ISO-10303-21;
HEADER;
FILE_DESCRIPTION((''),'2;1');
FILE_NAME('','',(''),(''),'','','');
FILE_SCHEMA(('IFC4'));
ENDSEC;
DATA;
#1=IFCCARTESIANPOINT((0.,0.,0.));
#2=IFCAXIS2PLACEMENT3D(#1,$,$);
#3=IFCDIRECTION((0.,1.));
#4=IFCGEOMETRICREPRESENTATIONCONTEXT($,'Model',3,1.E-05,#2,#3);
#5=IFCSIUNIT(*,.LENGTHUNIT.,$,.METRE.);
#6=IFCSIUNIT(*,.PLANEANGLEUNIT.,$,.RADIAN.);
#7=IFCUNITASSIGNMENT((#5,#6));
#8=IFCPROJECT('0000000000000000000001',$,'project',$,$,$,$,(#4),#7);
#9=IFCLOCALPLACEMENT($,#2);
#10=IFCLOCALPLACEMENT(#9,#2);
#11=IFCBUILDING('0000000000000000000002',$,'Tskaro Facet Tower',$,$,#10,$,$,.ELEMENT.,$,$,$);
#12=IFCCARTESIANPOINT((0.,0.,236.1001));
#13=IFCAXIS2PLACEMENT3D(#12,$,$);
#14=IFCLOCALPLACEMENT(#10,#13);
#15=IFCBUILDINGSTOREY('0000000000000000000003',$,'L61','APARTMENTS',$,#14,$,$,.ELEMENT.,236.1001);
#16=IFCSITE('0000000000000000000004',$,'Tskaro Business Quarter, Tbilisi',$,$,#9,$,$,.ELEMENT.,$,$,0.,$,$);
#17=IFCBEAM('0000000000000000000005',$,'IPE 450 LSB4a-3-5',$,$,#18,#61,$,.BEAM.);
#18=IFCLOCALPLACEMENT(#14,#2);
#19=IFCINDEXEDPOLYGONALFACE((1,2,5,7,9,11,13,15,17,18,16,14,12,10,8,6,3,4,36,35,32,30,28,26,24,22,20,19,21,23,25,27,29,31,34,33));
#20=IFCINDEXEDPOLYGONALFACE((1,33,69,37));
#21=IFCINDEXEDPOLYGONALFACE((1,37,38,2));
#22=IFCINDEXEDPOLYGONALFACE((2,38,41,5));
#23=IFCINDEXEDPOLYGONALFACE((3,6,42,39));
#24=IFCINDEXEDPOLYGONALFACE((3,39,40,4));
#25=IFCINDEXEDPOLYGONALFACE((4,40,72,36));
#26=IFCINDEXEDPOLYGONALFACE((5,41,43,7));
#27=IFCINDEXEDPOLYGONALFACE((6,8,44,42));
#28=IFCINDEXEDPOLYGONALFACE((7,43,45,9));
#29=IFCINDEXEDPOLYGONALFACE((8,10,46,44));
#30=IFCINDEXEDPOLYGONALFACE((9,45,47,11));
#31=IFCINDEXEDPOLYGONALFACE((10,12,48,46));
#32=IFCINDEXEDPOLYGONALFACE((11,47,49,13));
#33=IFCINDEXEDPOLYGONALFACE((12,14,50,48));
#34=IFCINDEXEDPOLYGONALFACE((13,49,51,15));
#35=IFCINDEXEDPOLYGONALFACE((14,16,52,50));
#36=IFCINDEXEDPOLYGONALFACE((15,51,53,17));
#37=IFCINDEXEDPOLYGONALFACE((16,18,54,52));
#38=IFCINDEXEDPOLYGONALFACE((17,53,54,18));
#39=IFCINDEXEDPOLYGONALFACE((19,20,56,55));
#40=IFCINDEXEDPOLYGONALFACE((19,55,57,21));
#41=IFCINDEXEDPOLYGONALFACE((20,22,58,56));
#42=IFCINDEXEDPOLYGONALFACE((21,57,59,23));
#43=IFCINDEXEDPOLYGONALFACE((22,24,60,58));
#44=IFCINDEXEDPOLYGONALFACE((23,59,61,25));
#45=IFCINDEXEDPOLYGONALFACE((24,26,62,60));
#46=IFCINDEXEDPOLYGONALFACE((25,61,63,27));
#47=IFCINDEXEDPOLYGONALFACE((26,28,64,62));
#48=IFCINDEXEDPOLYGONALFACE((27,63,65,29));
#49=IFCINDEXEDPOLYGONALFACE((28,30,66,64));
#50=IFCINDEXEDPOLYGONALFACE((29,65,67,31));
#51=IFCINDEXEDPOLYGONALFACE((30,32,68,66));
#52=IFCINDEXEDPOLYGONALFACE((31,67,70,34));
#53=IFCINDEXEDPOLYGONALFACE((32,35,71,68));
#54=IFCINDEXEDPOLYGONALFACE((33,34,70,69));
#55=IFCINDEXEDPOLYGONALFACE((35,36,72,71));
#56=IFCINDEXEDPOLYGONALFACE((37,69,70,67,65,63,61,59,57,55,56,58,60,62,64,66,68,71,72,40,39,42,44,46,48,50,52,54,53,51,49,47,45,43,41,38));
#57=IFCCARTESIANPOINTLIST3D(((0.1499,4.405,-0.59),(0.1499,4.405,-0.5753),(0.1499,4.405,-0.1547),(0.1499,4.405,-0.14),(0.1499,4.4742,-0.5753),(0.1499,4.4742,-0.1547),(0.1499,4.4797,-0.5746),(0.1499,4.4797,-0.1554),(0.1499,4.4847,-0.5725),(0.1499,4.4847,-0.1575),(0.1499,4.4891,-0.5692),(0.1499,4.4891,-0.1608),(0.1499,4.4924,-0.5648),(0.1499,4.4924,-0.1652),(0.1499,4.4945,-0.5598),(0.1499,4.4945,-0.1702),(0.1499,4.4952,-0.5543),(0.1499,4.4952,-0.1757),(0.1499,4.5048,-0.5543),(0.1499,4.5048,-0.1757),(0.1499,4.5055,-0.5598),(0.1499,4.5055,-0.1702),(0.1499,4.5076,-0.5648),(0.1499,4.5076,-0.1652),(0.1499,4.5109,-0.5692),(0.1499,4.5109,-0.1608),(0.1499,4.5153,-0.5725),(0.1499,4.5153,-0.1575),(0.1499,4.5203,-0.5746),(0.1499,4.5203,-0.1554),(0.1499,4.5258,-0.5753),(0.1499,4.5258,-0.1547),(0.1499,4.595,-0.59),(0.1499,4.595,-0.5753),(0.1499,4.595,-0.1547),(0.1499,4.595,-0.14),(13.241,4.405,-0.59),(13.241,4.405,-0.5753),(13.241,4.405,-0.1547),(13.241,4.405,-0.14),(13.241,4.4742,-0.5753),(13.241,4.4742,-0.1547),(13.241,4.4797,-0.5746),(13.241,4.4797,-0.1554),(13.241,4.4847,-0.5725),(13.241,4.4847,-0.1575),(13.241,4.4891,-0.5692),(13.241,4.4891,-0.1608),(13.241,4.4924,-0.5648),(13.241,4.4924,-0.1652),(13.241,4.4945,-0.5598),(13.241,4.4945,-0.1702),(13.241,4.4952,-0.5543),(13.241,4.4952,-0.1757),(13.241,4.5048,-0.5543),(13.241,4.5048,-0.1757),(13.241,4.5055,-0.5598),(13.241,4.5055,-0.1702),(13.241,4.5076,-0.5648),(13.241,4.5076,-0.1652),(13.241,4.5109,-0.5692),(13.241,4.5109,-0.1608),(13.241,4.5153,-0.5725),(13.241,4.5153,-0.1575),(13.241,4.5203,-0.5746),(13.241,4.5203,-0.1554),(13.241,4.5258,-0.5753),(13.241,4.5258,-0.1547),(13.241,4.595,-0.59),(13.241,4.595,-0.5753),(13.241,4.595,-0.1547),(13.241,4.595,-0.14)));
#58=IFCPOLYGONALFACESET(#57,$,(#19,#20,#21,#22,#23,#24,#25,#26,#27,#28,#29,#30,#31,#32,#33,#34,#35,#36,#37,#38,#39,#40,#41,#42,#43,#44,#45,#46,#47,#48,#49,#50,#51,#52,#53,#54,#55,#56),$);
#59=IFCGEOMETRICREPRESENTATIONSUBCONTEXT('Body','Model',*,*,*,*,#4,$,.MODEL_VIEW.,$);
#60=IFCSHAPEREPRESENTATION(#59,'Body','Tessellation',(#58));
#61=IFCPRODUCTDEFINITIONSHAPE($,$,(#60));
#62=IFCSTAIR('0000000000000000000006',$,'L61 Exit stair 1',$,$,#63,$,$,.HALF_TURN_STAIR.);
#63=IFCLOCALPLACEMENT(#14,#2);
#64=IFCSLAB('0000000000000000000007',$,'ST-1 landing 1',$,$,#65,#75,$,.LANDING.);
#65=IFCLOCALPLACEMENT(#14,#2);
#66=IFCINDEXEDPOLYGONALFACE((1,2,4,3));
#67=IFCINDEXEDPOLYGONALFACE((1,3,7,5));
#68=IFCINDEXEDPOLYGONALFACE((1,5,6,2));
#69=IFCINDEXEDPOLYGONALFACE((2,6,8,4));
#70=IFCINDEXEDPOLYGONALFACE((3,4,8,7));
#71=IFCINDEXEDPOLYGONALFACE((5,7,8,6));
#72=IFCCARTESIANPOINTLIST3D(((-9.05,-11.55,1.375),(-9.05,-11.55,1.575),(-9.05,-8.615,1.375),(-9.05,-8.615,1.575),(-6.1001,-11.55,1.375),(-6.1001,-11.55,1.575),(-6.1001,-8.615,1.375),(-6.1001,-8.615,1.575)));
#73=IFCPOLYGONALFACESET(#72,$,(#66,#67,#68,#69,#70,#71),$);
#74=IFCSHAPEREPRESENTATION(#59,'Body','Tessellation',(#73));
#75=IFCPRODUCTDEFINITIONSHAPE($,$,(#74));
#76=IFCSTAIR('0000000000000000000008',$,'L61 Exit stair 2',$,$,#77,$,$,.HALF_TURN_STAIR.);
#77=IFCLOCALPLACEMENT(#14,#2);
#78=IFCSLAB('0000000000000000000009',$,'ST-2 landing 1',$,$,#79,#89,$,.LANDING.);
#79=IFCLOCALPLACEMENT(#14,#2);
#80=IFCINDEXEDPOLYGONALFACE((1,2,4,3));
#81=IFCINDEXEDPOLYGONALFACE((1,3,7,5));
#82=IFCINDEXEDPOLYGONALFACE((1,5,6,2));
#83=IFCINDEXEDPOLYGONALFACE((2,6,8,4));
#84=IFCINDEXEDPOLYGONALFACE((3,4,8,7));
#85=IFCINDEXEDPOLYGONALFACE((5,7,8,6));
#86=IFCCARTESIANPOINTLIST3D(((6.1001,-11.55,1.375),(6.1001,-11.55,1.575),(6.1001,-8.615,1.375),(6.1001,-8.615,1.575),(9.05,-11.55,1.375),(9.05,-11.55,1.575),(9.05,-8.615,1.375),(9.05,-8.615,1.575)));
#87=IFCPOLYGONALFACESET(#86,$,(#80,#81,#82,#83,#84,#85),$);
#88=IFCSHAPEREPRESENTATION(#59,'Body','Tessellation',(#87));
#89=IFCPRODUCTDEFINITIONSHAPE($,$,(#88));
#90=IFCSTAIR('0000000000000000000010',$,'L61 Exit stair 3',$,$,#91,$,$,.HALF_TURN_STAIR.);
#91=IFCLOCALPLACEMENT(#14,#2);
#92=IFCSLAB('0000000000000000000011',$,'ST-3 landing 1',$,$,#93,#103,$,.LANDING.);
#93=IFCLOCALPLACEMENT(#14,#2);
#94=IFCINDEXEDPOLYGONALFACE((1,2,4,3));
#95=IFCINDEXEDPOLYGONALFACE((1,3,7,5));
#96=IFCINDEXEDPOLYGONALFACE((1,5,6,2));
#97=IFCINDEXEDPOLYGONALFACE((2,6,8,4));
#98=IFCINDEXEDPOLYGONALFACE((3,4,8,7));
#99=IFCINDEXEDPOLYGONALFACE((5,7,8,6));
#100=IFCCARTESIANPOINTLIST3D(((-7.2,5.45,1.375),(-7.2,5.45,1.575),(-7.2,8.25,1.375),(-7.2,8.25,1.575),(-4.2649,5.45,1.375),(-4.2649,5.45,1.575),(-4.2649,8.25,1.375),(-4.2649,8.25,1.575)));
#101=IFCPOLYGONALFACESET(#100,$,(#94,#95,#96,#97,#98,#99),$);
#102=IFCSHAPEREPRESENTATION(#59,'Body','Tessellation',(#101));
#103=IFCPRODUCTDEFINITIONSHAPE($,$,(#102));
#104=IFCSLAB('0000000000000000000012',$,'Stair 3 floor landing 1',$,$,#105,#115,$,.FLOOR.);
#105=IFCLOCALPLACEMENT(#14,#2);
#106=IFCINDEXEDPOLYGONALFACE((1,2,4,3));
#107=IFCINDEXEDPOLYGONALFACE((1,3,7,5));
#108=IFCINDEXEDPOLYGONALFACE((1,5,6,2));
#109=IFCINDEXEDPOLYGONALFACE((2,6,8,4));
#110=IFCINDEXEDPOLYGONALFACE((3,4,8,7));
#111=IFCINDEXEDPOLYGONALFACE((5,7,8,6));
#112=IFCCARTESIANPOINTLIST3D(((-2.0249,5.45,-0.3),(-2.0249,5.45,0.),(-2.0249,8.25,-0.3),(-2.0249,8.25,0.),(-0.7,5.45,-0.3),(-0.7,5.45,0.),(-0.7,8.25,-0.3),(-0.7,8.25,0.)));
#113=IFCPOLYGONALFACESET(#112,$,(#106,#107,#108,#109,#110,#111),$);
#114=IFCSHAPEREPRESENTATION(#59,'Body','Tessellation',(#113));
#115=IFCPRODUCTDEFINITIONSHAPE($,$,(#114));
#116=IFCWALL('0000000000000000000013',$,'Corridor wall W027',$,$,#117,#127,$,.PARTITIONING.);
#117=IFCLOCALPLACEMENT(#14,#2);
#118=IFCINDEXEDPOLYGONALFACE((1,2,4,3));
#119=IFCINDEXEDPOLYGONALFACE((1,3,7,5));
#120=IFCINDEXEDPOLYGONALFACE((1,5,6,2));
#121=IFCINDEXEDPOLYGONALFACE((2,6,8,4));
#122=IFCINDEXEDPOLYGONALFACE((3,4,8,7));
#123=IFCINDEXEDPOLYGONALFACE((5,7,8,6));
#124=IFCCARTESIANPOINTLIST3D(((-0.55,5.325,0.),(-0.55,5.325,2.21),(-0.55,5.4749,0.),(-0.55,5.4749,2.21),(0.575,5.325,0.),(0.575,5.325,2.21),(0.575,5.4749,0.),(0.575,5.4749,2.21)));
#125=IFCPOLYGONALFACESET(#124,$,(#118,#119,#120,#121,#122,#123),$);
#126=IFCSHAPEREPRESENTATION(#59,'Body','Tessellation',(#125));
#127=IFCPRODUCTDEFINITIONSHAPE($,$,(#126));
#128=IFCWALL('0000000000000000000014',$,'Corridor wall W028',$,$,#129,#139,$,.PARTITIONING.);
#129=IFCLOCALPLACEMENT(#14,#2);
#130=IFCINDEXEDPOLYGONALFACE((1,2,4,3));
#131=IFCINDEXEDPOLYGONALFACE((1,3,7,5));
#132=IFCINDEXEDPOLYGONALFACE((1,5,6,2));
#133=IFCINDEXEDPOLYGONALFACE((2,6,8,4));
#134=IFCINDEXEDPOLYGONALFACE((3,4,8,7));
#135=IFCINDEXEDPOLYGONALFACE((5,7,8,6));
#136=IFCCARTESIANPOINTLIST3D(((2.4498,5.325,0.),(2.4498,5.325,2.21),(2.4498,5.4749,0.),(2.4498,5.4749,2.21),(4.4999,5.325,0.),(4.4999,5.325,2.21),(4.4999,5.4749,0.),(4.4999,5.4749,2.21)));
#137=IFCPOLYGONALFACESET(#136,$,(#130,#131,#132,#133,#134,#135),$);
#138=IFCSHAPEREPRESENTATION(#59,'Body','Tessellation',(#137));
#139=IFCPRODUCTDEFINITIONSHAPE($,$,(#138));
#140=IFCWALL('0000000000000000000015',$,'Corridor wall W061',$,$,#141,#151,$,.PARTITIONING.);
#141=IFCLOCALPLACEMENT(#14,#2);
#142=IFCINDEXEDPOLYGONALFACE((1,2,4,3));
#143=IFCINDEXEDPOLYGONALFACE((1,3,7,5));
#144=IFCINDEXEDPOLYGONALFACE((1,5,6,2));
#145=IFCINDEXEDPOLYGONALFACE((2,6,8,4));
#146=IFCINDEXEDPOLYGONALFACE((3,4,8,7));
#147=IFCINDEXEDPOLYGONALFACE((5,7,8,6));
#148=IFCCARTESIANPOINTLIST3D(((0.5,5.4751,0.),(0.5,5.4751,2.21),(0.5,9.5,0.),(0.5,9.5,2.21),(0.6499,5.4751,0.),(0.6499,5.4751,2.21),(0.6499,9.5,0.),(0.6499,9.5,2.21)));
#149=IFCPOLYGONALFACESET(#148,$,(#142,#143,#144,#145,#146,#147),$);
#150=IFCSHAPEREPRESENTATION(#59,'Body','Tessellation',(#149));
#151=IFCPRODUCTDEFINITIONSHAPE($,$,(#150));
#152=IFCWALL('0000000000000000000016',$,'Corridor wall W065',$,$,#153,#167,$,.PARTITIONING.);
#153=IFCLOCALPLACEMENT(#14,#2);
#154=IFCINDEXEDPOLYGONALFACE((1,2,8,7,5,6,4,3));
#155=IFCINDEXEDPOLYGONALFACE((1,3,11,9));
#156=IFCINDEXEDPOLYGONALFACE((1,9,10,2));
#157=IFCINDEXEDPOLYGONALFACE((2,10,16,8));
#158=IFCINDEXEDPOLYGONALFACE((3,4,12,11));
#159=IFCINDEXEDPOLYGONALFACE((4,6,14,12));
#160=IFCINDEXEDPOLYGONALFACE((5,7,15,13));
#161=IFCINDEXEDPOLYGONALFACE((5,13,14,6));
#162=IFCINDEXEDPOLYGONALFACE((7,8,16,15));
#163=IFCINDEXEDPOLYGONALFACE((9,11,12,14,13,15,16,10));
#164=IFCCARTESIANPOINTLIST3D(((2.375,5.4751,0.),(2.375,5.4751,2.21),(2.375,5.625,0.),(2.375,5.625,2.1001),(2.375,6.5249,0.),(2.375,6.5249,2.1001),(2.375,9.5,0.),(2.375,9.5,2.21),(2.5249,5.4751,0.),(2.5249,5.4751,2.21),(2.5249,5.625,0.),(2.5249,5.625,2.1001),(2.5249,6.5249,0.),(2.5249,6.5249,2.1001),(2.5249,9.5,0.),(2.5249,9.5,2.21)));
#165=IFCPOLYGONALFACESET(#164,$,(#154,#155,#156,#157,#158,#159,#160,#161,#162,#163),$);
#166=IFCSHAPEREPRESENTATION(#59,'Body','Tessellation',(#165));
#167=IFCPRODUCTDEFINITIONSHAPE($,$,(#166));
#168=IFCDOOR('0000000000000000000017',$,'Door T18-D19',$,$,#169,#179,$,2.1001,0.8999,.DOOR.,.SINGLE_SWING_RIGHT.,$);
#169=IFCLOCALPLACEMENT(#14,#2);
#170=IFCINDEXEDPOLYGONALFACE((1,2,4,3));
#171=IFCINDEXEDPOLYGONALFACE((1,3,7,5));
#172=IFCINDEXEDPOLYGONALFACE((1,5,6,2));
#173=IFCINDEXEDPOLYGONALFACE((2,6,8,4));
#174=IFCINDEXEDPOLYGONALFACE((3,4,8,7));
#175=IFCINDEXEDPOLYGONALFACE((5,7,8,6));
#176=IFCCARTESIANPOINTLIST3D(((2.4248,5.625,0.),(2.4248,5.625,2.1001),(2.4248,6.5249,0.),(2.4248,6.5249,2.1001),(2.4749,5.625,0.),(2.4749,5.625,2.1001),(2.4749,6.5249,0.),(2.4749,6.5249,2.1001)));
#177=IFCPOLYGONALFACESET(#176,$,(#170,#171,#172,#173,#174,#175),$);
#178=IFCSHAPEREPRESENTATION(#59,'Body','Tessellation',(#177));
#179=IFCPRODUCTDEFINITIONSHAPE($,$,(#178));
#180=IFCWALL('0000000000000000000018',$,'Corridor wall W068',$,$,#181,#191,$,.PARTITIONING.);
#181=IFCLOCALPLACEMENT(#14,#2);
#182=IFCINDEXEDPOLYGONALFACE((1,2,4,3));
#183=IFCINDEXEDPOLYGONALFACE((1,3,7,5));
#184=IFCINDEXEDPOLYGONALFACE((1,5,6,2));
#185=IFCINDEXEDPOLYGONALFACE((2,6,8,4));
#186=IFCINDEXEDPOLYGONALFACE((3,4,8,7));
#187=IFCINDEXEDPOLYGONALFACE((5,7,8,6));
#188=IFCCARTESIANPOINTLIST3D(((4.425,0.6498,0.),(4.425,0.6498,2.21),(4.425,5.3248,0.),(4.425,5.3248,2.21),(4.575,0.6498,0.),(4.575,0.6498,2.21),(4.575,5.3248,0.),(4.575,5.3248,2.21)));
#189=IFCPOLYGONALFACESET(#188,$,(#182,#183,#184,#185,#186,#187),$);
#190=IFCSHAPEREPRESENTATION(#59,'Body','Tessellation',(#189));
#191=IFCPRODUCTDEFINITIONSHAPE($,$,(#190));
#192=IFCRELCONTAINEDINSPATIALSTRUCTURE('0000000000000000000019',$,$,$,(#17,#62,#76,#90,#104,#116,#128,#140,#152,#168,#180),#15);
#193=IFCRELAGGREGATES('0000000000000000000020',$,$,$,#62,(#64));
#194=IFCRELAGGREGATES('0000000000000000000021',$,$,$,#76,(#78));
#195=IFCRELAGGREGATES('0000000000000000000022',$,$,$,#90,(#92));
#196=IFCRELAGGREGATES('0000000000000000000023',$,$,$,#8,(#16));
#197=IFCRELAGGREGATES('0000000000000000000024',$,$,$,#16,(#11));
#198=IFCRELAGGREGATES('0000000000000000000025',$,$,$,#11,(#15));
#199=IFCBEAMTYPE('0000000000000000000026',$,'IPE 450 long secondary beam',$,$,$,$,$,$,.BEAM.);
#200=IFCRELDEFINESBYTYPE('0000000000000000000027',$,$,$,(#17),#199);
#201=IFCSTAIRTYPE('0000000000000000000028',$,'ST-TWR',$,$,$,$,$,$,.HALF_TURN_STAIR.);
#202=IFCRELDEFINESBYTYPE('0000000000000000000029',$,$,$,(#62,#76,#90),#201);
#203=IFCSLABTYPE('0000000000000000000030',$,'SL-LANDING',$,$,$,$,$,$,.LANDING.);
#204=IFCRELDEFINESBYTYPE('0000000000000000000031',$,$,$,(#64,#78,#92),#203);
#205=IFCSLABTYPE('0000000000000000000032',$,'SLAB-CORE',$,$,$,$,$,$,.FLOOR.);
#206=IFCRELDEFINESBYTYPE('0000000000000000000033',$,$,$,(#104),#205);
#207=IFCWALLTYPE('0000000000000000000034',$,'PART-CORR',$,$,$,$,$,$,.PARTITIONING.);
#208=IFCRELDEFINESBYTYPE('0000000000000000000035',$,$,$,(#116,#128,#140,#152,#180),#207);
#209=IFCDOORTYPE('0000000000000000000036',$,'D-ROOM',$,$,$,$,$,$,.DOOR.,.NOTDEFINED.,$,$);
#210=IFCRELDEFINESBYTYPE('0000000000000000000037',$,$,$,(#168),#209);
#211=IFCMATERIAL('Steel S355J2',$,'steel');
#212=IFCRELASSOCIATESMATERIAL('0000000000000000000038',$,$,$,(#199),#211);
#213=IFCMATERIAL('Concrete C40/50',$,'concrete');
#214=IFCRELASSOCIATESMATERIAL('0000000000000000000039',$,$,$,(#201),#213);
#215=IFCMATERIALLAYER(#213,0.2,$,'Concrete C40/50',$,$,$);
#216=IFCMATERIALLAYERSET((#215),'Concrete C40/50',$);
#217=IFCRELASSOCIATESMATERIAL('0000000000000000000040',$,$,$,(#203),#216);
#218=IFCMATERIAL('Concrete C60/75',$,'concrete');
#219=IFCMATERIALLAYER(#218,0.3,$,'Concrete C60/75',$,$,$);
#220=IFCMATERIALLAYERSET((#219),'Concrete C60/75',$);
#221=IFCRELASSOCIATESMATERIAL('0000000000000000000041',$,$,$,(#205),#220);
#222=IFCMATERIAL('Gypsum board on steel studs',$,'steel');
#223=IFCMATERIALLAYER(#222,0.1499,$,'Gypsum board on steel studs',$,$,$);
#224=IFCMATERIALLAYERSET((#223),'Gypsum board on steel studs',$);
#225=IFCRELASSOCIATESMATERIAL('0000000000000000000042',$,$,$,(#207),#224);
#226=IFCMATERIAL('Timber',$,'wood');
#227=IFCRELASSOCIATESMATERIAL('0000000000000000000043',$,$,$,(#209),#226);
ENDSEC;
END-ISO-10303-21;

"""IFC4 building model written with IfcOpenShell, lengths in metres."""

from ifc_helpers import new_model, si_unit, direction, frame, frame_2d, origin, origin_2d, place, context, subcontext, project, spatial, polyline, rectangle, i_section, outline, extrude, material, layer, layer_set, material_profile, profile_set, type_object, element, fill, aggregate, save


model = new_model("IFC4")

# Units and contexts
model_context = context("Model", 3, precision=1e-05, world=origin(), true_north=direction((0.0, 1.0)))
body_context = subcontext(model_context, "Body", "Model", "MODEL_VIEW")
ifc_project = project(units=[si_unit("LENGTHUNIT", "METRE"), si_unit("PLANEANGLEUNIT", "RADIAN")], contexts=[model_context])

# Site, building, storey
site_placement = place(None, origin())
site = spatial("IfcSite", under=ifc_project, at=site_placement, Name="Tskaro Business Quarter, Tbilisi", CompositionType="ELEMENT", RefElevation=0.0)
building_placement = place(site_placement, origin())
building = spatial("IfcBuilding", under=site, at=building_placement, Name="Tskaro Facet Tower", CompositionType="ELEMENT")
storey_placement = place(building_placement, frame((0.0, 0.0, 236.1001)))
storey = spatial("IfcBuildingStorey", under=building, at=storey_placement, Name="L61", Description="APARTMENTS", CompositionType="ELEMENT", Elevation=236.1001)

# Beam
ifc_material_1 = material(Name="Steel S355J2", Category="steel")
ifc_material_profile_1 = material_profile(ifc_material_1, i_section(OverallWidth=0.1899, OverallDepth=0.45, WebThickness=0.0095, FlangeThickness=0.0146, FilletRadius=0.021, at=origin_2d()), Name="IPE 450")
ifc_profile_set_1 = profile_set([ifc_material_profile_1], Name="Steel S355J2")
beam_type_1 = type_object("IfcBeamType", Name="IPE 450 long secondary beam", PredefinedType="BEAM", material=ifc_profile_set_1)
beam_1_placement = place(storey_placement, frame((0.1499, 4.5, -0.365), z_axis=(1.0, 0.0, 0.0), x_axis=(0.0, 1.0, 0.0)))
element("IfcBeam", 1, at=beam_1_placement, inside=storey, type_object=beam_type_1, Name="IPE 450 LSB4a-3-5", PredefinedType="BEAM", context=body_context, shape_type="SweptSolid", body=[
    extrude(i_section(OverallWidth=0.1899, OverallDepth=0.45, WebThickness=0.0095, FlangeThickness=0.0146, FilletRadius=0.021, at=origin_2d()), origin(), (0.0, 0.0, 1.0), 13.0911),
])

# Stairs, slabs
ifc_material_2 = material(Name="Concrete C40/50", Category="concrete")
stair_type = type_object("IfcStairType", Name="ST-TWR", PredefinedType="HALF_TURN_STAIR", material=ifc_material_2)
stair_1_placement = place(storey_placement, origin())
stair_1 = element("IfcStair", 2, at=stair_1_placement, inside=storey, type_object=stair_type, Name="L61 Exit stair 1", PredefinedType="HALF_TURN_STAIR")
ifc_layer_1 = layer(ifc_material_2, 0.2, Name="Concrete C40/50")
ifc_layer_set_1 = layer_set([ifc_layer_1], Name="Concrete C40/50")
slab_type_1 = type_object("IfcSlabType", Name="SL-LANDING", PredefinedType="LANDING", material=ifc_layer_set_1)
slab_1_placement = place(storey_placement, frame((0.0, 0.0, 1.375)))
slab_1 = element("IfcSlab", 3, at=slab_1_placement, type_object=slab_type_1, Name="ST-1 landing 1", PredefinedType="LANDING", context=body_context, shape_type="SweptSolid", body=[
    extrude(outline(polyline([(-9.05, -11.55), (-6.1001, -11.55), (-6.1001, -8.615), (-9.05, -8.615), (-9.05, -11.55)])), origin(), (0.0, 0.0, 1.0), 0.2),
])
aggregate(stair_1, [slab_1])
stair_2_placement = place(storey_placement, origin())
stair_2 = element("IfcStair", 4, at=stair_2_placement, inside=storey, type_object=stair_type, Name="L61 Exit stair 2", PredefinedType="HALF_TURN_STAIR")
slab_2_placement = place(storey_placement, frame((0.0, 0.0, 1.375)))
slab_2 = element("IfcSlab", 5, at=slab_2_placement, type_object=slab_type_1, Name="ST-2 landing 1", PredefinedType="LANDING", context=body_context, shape_type="SweptSolid", body=[
    extrude(outline(polyline([(6.1001, -11.55), (9.05, -11.55), (9.05, -8.615), (6.1001, -8.615), (6.1001, -11.55)])), origin(), (0.0, 0.0, 1.0), 0.2),
])
aggregate(stair_2, [slab_2])
stair_3_placement = place(storey_placement, origin())
stair_3 = element("IfcStair", 6, at=stair_3_placement, inside=storey, type_object=stair_type, Name="L61 Exit stair 3", PredefinedType="HALF_TURN_STAIR")
slab_3_placement = place(storey_placement, frame((0.0, 0.0, 1.375)))
slab_3 = element("IfcSlab", 7, at=slab_3_placement, type_object=slab_type_1, Name="ST-3 landing 1", PredefinedType="LANDING", context=body_context, shape_type="SweptSolid", body=[
    extrude(outline(polyline([(-7.2, 5.45), (-4.2649, 5.45), (-4.2649, 8.25), (-7.2, 8.25), (-7.2, 5.45)])), origin(), (0.0, 0.0, 1.0), 0.2),
])

# Slab
ifc_material_3 = material(Name="Concrete C60/75", Category="concrete")
ifc_layer_2 = layer(ifc_material_3, 0.3, Name="Concrete C60/75")
ifc_layer_set_2 = layer_set([ifc_layer_2], Name="Concrete C60/75")
slab_type_2 = type_object("IfcSlabType", Name="SLAB-CORE", PredefinedType="FLOOR", material=ifc_layer_set_2)
slab_4_placement = place(storey_placement, frame((0.0, 0.0, -0.3)))
element("IfcSlab", 8, at=slab_4_placement, inside=storey, type_object=slab_type_2, Name="Stair 3 floor landing 1", PredefinedType="FLOOR", context=body_context, shape_type="SweptSolid", body=[
    extrude(outline(polyline([(-2.0249, 5.45), (-0.7, 5.45), (-0.7, 8.25), (-2.0249, 8.25), (-2.0249, 5.45)])), origin(), (0.0, 0.0, 1.0), 0.3),
])

# Walls
ifc_material_4 = material(Name="Gypsum board on steel studs", Category="steel")
ifc_layer_3 = layer(ifc_material_4, 0.1499, Name="Gypsum board on steel studs")
ifc_layer_set_3 = layer_set([ifc_layer_3], Name="Gypsum board on steel studs")
wall_type_1 = type_object("IfcWallType", Name="PART-CORR", PredefinedType="PARTITIONING", material=ifc_layer_set_3)
wall_1_placement = place(storey_placement, frame((-0.55, 5.3999, 0.0), z_axis=(0.0, 0.0, 1.0), x_axis=(1.0, 0.0, 0.0)))
element("IfcWall", 9, at=wall_1_placement, inside=storey, type_object=wall_type_1, Name="Corridor wall W027", PredefinedType="PARTITIONING", context=body_context, shape_type="SweptSolid", body=[
    extrude(rectangle(XDim=1.125, YDim=0.1499, at=frame_2d((0.5625, 0.0))), origin(), (0.0, 0.0, 1.0), 2.21),
])
wall_2_placement = place(storey_placement, frame((2.45, 5.3999, 0.0), z_axis=(0.0, 0.0, 1.0), x_axis=(1.0, 0.0, 0.0)))
element("IfcWall", 10, at=wall_2_placement, inside=storey, type_object=wall_type_1, Name="Corridor wall W028", PredefinedType="PARTITIONING", context=body_context, shape_type="SweptSolid", body=[
    extrude(rectangle(XDim=2.05, YDim=0.1499, at=frame_2d((1.0249, 0.0))), origin(), (0.0, 0.0, 1.0), 2.21),
])
wall_3_placement = place(storey_placement, frame((0.575, 5.4751, 0.0), z_axis=(0.0, 0.0, 1.0), x_axis=(0.0, 1.0, 0.0)))
element("IfcWall", 11, at=wall_3_placement, inside=storey, type_object=wall_type_1, Name="Corridor wall W061", PredefinedType="PARTITIONING", context=body_context, shape_type="SweptSolid", body=[
    extrude(rectangle(XDim=4.0249, YDim=0.1499, at=frame_2d((2.0125, 0.0))), origin(), (0.0, 0.0, 1.0), 2.21),
])

# Wall, opening, door
wall_4_placement = place(storey_placement, frame((2.45, 9.5, 0.0), z_axis=(0.0, 0.0, 1.0), x_axis=(0.0, -1.0, 0.0)))
wall_4 = element("IfcWall", 12, at=wall_4_placement, inside=storey, type_object=wall_type_1, Name="Corridor wall W065", PredefinedType="PARTITIONING", context=body_context, shape_type="SweptSolid", body=[
    extrude(rectangle(XDim=4.0249, YDim=0.1499, at=frame_2d((2.0125, 0.0))), origin(), (0.0, 0.0, 1.0), 2.21),
])
opening_placement = place(wall_4_placement, frame((2.9751, 0.0, 0.0)))
opening = element("IfcOpeningElement", 13, at=opening_placement, cuts=wall_4, PredefinedType="OPENING", context=body_context, shape_type="SweptSolid", body=[
    extrude(rectangle(XDim=0.8999, YDim=2.1001, at=frame_2d((0.45, 1.05))), frame((0.0, 0.085, 0.0), z_axis=(0.0, -1.0, 0.0), x_axis=(1.0, 0.0, 0.0)), (0.0, 0.0, 1.0), 0.1699),
])
ifc_material_5 = material(Name="Timber", Category="wood")
door_type = type_object("IfcDoorType", Name="D-ROOM", OperationType="NOTDEFINED", PredefinedType="DOOR", material=ifc_material_5)
door_placement = place(opening_placement, origin())
door = element("IfcDoor", 14, at=door_placement, inside=storey, type_object=door_type, Name="Door T18-D19", OperationType="SINGLE_SWING_RIGHT", OverallHeight=2.1001, OverallWidth=0.8999, PredefinedType="DOOR", context=body_context, shape_type="SweptSolid", body=[
    extrude(rectangle(XDim=0.8999, YDim=2.1001, at=frame_2d((0.45, 1.05))), frame((0.0, 0.0249, 0.0), z_axis=(0.0, -1.0, 0.0), x_axis=(1.0, 0.0, 0.0)), (0.0, 0.0, 1.0), 0.05),
])
fill(opening, door)

# Wall
wall_5_placement = place(storey_placement, frame((4.5, 0.6499, 0.0), z_axis=(0.0, 0.0, 1.0), x_axis=(0.0, 1.0, 0.0)))
element("IfcWall", 15, at=wall_5_placement, inside=storey, type_object=wall_type_1, Name="Corridor wall W068", PredefinedType="PARTITIONING", context=body_context, shape_type="SweptSolid", body=[
    extrude(rectangle(XDim=4.675, YDim=0.1499, at=frame_2d((2.3374, 0.0))), origin(), (0.0, 0.0, 1.0), 2.21),
])

aggregate(stair_3, [slab_3])

save(model, "model.ifc")
